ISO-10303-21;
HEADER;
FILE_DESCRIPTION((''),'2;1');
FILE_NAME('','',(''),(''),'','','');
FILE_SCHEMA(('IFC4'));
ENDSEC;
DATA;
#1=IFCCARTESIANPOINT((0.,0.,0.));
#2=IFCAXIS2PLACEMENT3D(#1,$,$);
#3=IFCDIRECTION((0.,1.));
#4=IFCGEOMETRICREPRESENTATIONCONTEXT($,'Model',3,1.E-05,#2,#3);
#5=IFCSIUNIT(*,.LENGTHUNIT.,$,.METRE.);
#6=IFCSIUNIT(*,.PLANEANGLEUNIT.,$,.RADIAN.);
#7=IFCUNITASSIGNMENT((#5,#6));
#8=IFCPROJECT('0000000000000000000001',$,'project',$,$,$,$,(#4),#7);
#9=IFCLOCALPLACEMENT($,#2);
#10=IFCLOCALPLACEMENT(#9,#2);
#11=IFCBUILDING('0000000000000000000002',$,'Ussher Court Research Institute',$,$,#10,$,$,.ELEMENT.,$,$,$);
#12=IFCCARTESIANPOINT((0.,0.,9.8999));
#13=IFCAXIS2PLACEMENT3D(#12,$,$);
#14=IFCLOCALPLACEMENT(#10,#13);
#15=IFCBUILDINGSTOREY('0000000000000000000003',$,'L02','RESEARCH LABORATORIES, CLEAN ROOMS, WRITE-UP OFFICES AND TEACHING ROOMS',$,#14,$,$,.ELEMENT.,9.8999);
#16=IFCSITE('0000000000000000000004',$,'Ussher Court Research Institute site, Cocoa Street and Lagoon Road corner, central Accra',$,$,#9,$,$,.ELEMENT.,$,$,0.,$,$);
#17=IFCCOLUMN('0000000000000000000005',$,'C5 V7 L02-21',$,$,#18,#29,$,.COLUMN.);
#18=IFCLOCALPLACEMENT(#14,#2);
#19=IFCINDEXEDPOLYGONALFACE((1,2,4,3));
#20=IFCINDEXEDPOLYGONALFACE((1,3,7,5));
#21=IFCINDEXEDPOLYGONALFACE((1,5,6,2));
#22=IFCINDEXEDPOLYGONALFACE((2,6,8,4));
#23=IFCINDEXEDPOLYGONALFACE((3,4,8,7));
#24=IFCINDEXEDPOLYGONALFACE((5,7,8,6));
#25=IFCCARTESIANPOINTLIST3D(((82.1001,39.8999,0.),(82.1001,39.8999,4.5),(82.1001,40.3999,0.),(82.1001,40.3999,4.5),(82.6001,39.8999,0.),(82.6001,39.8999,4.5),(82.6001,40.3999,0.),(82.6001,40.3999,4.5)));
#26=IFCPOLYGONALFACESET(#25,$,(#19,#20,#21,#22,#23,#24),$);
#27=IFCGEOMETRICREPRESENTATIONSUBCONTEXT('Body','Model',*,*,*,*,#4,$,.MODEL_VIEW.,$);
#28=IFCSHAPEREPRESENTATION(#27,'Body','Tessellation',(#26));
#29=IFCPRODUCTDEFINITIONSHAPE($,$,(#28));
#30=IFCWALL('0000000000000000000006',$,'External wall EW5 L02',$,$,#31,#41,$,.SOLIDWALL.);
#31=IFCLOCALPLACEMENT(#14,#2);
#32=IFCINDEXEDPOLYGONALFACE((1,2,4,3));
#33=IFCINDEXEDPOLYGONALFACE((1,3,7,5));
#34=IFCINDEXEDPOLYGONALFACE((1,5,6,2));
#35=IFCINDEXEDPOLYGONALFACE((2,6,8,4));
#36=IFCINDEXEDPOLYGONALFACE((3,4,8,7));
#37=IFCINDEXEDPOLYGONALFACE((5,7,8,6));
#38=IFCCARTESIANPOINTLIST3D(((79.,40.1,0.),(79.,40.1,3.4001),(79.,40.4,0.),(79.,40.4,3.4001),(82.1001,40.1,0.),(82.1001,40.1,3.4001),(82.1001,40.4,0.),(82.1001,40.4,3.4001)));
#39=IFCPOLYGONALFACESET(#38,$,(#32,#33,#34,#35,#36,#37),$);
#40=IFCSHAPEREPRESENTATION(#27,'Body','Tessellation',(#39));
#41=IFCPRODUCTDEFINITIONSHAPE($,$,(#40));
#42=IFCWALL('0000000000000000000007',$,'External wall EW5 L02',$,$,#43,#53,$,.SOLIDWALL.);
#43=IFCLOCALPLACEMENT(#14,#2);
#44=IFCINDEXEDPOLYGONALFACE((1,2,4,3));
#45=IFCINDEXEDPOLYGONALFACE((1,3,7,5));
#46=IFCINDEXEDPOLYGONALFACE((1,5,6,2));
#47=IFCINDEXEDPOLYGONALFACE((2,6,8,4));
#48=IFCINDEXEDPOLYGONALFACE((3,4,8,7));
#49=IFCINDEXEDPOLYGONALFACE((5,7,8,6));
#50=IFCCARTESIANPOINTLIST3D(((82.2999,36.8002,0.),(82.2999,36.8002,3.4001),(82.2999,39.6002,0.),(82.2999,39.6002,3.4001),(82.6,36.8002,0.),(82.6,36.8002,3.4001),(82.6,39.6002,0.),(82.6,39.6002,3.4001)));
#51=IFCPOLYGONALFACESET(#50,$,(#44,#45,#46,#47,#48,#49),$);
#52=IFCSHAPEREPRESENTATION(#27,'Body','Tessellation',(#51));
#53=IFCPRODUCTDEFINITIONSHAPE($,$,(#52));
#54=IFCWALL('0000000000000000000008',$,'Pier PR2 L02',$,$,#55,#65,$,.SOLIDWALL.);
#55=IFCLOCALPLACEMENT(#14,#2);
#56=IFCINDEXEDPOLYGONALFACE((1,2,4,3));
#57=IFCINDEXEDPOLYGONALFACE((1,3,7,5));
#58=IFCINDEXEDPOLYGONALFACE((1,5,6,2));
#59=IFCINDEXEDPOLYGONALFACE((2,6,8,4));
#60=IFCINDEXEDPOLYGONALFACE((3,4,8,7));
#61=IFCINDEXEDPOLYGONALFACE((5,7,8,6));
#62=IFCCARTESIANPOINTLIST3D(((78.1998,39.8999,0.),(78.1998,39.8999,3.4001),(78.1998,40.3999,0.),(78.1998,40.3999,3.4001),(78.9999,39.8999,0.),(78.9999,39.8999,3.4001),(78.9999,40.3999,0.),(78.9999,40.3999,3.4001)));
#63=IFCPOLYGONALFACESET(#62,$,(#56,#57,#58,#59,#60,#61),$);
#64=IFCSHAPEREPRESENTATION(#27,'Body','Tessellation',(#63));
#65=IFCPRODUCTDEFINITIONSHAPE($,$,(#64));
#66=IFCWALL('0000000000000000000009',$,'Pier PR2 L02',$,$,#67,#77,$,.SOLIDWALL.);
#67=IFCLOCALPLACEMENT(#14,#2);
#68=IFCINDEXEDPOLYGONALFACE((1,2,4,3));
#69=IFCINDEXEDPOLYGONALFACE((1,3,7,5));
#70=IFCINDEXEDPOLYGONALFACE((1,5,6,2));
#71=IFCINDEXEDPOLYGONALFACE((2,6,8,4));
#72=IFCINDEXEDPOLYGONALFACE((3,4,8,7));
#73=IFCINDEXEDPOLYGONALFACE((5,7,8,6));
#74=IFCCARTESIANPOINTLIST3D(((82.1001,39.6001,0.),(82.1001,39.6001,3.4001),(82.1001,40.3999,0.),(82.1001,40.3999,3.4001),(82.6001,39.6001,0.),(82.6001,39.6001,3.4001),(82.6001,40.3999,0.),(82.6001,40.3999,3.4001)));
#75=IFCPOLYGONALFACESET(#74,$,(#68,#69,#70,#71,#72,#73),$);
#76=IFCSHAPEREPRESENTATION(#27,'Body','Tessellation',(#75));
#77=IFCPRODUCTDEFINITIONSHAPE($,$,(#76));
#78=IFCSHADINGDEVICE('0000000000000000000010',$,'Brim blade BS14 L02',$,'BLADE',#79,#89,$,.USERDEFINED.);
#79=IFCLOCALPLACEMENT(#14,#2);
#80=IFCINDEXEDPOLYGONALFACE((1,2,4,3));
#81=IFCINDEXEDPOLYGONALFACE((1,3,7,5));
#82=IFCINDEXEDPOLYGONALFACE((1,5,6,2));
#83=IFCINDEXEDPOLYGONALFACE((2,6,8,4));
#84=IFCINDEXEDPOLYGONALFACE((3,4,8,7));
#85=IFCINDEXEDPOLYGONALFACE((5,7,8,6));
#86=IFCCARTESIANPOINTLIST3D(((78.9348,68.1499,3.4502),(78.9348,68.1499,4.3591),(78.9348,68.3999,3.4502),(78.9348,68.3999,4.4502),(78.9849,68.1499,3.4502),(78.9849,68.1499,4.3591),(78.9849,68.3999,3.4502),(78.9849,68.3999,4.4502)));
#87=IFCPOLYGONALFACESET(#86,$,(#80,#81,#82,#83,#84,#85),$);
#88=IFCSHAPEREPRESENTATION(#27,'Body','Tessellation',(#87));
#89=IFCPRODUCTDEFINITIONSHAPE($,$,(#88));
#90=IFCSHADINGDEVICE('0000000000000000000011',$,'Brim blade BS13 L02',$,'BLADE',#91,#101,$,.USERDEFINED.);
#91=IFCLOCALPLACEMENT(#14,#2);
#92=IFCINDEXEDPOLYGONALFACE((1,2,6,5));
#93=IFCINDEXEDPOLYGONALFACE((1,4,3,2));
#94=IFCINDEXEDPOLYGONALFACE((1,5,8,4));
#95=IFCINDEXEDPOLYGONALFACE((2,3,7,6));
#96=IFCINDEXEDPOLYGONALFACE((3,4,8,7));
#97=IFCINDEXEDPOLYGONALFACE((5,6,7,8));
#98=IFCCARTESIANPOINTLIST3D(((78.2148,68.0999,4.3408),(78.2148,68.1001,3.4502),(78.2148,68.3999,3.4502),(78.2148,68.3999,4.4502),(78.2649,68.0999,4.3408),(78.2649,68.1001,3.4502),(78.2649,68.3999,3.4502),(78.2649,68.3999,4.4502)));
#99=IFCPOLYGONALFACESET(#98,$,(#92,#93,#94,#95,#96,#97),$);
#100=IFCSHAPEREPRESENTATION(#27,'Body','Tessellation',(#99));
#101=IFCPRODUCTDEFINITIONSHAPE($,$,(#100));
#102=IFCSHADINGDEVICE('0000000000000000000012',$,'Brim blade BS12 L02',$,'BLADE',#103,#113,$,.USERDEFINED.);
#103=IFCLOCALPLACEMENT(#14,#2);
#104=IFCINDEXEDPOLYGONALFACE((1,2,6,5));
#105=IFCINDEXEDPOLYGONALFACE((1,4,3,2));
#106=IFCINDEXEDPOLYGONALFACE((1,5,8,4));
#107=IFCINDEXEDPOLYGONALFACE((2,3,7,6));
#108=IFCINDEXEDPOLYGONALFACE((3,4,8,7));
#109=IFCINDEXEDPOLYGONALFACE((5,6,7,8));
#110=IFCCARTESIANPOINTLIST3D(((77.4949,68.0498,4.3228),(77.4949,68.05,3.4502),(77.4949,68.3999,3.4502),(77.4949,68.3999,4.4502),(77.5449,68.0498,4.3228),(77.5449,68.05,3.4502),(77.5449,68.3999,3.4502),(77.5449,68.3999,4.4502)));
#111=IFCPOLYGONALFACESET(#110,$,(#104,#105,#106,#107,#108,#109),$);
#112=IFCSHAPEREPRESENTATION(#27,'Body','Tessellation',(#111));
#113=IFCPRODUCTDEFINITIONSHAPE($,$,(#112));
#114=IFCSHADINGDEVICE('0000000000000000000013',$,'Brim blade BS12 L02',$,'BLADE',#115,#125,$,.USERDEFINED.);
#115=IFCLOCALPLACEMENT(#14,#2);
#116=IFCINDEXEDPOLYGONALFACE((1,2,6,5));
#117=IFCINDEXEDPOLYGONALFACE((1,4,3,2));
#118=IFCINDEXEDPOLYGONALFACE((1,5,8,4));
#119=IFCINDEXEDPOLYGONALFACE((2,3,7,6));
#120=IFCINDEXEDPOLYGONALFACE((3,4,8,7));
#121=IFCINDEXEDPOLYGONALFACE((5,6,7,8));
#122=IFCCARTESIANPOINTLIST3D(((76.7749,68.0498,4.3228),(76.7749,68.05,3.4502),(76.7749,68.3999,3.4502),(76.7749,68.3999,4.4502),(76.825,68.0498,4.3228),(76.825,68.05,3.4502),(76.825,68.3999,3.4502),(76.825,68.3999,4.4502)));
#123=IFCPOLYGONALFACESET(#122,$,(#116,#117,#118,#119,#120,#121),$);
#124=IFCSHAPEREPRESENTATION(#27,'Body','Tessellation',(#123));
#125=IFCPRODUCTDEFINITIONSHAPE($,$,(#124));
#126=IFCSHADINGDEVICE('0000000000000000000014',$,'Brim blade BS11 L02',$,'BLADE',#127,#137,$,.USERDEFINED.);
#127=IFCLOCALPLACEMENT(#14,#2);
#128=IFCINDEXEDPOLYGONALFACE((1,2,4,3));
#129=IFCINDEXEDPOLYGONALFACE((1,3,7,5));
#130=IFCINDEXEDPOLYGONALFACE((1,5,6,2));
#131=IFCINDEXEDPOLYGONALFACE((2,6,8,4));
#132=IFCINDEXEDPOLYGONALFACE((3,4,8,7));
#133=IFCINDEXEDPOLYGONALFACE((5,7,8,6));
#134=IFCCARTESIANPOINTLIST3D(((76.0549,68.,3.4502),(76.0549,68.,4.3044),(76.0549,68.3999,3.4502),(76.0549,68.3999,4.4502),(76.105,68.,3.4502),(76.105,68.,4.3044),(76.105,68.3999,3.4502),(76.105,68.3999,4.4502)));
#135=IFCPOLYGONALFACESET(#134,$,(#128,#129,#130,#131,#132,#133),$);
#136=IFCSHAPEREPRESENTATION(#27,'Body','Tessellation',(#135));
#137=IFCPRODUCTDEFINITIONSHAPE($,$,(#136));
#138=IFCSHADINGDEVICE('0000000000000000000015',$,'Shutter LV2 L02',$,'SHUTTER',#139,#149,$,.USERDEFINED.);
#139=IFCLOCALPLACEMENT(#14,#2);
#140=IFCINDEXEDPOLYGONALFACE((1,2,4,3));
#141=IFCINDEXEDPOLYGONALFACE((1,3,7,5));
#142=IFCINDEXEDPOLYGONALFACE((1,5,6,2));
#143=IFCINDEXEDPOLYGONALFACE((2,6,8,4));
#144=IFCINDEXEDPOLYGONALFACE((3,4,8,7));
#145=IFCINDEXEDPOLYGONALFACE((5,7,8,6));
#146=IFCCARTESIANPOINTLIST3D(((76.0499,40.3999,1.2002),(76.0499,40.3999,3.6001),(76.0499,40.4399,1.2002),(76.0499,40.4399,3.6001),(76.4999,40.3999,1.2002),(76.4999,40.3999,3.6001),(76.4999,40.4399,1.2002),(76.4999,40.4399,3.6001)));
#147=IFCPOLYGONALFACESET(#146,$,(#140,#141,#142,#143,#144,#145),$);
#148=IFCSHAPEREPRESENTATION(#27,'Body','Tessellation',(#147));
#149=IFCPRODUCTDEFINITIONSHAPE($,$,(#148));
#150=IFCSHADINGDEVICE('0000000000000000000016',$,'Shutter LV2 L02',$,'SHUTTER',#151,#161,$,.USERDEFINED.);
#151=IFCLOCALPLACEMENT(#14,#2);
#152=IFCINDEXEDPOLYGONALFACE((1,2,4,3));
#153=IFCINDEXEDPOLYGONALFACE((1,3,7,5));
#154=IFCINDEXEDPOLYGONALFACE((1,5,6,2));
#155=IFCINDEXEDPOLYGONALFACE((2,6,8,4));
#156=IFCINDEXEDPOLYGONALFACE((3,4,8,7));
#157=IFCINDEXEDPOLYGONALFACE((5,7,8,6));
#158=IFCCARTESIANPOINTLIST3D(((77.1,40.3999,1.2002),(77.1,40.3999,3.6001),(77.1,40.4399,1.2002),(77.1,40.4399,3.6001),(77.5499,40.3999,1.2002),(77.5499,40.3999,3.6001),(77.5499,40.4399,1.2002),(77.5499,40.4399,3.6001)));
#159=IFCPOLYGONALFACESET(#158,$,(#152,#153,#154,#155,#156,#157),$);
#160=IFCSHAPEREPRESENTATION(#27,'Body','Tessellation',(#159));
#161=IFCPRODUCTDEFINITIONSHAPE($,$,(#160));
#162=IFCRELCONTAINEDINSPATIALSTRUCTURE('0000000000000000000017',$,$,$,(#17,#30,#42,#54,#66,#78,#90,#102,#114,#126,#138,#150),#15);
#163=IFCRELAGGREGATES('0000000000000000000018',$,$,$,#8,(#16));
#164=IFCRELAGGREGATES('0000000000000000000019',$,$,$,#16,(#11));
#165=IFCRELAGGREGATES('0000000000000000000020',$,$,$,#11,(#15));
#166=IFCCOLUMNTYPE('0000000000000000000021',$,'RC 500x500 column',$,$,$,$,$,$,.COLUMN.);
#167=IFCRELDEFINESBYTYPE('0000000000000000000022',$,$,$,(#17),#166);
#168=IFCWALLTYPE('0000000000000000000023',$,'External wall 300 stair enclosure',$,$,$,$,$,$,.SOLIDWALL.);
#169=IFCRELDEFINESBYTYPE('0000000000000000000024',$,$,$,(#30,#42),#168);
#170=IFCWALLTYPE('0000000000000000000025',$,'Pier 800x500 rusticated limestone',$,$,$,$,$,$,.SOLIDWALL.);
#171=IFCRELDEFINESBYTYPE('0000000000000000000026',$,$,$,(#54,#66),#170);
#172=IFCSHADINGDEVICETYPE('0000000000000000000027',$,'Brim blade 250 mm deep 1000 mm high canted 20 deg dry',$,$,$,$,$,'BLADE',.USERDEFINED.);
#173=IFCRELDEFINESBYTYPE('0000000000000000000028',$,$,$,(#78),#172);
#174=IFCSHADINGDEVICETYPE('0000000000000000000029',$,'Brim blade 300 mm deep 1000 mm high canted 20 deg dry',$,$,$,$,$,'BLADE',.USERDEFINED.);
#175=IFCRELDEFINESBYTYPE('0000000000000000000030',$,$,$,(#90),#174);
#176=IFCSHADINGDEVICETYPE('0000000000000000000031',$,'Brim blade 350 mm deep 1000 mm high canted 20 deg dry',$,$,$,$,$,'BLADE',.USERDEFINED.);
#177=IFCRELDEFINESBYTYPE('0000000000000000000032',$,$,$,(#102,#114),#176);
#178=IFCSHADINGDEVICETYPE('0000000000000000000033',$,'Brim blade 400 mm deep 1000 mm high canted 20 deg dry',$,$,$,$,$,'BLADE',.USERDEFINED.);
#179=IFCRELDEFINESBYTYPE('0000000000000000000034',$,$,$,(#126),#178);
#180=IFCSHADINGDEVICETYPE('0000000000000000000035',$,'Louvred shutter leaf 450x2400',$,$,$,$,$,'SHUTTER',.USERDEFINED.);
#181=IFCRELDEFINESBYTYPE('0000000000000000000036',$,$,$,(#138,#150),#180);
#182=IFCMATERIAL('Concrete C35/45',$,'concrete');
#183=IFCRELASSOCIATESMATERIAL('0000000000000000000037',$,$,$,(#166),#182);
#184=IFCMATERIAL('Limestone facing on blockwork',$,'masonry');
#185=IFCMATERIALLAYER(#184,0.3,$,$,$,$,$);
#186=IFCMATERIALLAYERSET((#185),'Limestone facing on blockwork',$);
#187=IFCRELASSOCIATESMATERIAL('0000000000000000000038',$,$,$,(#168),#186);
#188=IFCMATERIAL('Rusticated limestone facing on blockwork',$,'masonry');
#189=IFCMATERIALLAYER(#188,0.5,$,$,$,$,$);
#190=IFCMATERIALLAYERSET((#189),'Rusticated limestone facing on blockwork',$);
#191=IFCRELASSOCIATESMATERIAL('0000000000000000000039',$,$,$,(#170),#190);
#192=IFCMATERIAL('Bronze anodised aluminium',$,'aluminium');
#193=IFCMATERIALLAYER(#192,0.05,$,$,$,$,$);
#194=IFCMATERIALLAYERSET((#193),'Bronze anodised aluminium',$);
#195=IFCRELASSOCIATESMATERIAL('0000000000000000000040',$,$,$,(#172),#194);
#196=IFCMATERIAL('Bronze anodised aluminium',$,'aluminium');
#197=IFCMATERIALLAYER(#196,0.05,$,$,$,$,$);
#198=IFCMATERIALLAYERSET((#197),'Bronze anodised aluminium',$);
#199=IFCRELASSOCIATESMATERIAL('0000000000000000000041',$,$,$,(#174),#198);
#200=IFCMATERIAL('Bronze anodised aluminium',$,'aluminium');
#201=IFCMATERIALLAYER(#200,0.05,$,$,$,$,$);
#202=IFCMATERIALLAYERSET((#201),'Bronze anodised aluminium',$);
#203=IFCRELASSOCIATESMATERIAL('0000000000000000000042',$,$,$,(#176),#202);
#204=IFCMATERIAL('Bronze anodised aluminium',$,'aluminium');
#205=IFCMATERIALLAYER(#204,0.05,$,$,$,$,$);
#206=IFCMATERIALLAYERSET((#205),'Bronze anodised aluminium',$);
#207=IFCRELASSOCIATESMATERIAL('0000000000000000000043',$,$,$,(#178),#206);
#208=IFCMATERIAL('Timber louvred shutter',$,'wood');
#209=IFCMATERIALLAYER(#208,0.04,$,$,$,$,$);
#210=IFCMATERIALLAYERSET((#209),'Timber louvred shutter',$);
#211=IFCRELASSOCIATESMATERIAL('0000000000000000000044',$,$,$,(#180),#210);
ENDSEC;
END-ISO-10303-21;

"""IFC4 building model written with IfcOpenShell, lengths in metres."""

from ifc_helpers import new_model, si_unit, direction, frame, frame_2d, origin, origin_2d, place, context, subcontext, project, spatial, polyline, rectangle, outline, extrude, material, layer, layer_set, material_profile, profile_set, type_object, element, save


model = new_model("IFC4")

# Units and contexts
model_context = context("Model", 3, precision=1e-05, world=origin(), true_north=direction((0.0, 1.0)))
body_context = subcontext(model_context, "Body", "Model", "MODEL_VIEW")
ifc_project = project(units=[si_unit("LENGTHUNIT", "METRE"), si_unit("PLANEANGLEUNIT", "RADIAN")], contexts=[model_context])

# Site, building, storey
site_placement = place(None, origin())
site = spatial("IfcSite", under=ifc_project, at=site_placement, Name="Ussher Court Research Institute site, Cocoa Street and Lagoon Road corner, central Accra", CompositionType="ELEMENT", RefElevation=0.0)
building_placement = place(site_placement, origin())
building = spatial("IfcBuilding", under=site, at=building_placement, Name="Ussher Court Research Institute", CompositionType="ELEMENT")
storey_placement = place(building_placement, frame((0.0, 0.0, 9.8999)))
storey = spatial("IfcBuildingStorey", under=building, at=storey_placement, Name="L02", Description="RESEARCH LABORATORIES, CLEAN ROOMS, WRITE-UP OFFICES AND TEACHING ROOMS", CompositionType="ELEMENT", Elevation=9.8999)

# Column
ifc_material_1 = material(Name="Concrete C35/45", Category="concrete")
ifc_material_profile = material_profile(ifc_material_1, rectangle(XDim=0.5, YDim=0.5, at=origin_2d()), Name="RC 500x500")
ifc_profile_set = profile_set([ifc_material_profile], Name="Concrete C35/45")
column_type = type_object("IfcColumnType", Name="RC 500x500 column", PredefinedType="COLUMN", material=ifc_profile_set)
column_placement = place(storey_placement, frame((82.3501, 40.1499, 0.0), z_axis=(0.0, 0.0, 1.0), x_axis=(1.0, 0.0, 0.0)))
element("IfcColumn", 1, at=column_placement, inside=storey, type_object=column_type, Name="C5 V7 L02-21", PredefinedType="COLUMN", context=body_context, shape_type="SweptSolid", body=[
    extrude(rectangle(XDim=0.5, YDim=0.5, at=origin_2d()), origin(), (0.0, 0.0, 1.0), 4.5),
])

# Walls
ifc_material_2 = material(Name="Limestone facing on blockwork", Category="masonry")
ifc_layer_1 = layer(ifc_material_2, 0.3)
ifc_layer_set_1 = layer_set([ifc_layer_1], Name="Limestone facing on blockwork")
wall_type_1 = type_object("IfcWallType", Name="External wall 300 stair enclosure", PredefinedType="SOLIDWALL", material=ifc_layer_set_1)
wall_1_placement = place(storey_placement, frame((79.0, 40.25, 0.0), z_axis=(0.0, 0.0, 1.0), x_axis=(1.0, 0.0, 0.0)))
element("IfcWall", 2, at=wall_1_placement, inside=storey, type_object=wall_type_1, Name="External wall EW5 L02", PredefinedType="SOLIDWALL", context=body_context, shape_type="SweptSolid", body=[
    extrude(rectangle(XDim=3.1001, YDim=0.3, at=frame_2d((1.55, 0.0))), origin(), (0.0, 0.0, 1.0), 3.4001),
])
wall_2_placement = place(storey_placement, frame((82.45, 39.6001, 0.0), z_axis=(0.0, 0.0, 1.0), x_axis=(0.0, -1.0, 0.0)))
element("IfcWall", 3, at=wall_2_placement, inside=storey, type_object=wall_type_1, Name="External wall EW5 L02", PredefinedType="SOLIDWALL", context=body_context, shape_type="SweptSolid", body=[
    extrude(rectangle(XDim=2.8, YDim=0.3, at=frame_2d((1.3999, 0.0))), origin(), (0.0, 0.0, 1.0), 3.4001),
])
ifc_material_3 = material(Name="Rusticated limestone facing on blockwork", Category="masonry")
ifc_layer_2 = layer(ifc_material_3, 0.5)
ifc_layer_set_2 = layer_set([ifc_layer_2], Name="Rusticated limestone facing on blockwork")
wall_type_2 = type_object("IfcWallType", Name="Pier 800x500 rusticated limestone", PredefinedType="SOLIDWALL", material=ifc_layer_set_2)
wall_3_placement = place(storey_placement, frame((78.2, 40.1499, 0.0), z_axis=(0.0, 0.0, 1.0), x_axis=(1.0, 0.0, 0.0)))
element("IfcWall", 4, at=wall_3_placement, inside=storey, type_object=wall_type_2, Name="Pier PR2 L02", PredefinedType="SOLIDWALL", context=body_context, shape_type="SweptSolid", body=[
    extrude(rectangle(XDim=0.8, YDim=0.5, at=frame_2d((0.3999, 0.0))), origin(), (0.0, 0.0, 1.0), 3.4001),
])
wall_4_placement = place(storey_placement, frame((82.3501, 40.3999, 0.0), z_axis=(0.0, 0.0, 1.0), x_axis=(0.0, -1.0, 0.0)))
element("IfcWall", 5, at=wall_4_placement, inside=storey, type_object=wall_type_2, Name="Pier PR2 L02", PredefinedType="SOLIDWALL", context=body_context, shape_type="SweptSolid", body=[
    extrude(rectangle(XDim=0.7998, YDim=0.5, at=frame_2d((0.3999, 0.0))), origin(), (0.0, 0.0, 1.0), 3.4001),
])

# Shading devices
ifc_material_4 = material(Name="Bronze anodised aluminium", Category="aluminium")
ifc_layer_3 = layer(ifc_material_4, 0.05)
ifc_layer_set_3 = layer_set([ifc_layer_3], Name="Bronze anodised aluminium")
shading_device_type_1 = type_object("IfcShadingDeviceType", Name="Brim blade 250 mm deep 1000 mm high canted 20 deg dry", ElementType="BLADE", PredefinedType="USERDEFINED", material=ifc_layer_set_3)
shading_device_1_placement = place(storey_placement, frame((78.96, 68.3999, 3.4502), z_axis=(0.0, 0.0, 1.0), x_axis=(0.0, -1.0, 0.0)))
element("IfcShadingDevice", 6, at=shading_device_1_placement, inside=storey, type_object=shading_device_type_1, Name="Brim blade BS14 L02", ObjectType="BLADE", PredefinedType="USERDEFINED", context=body_context, shape_type="SweptSolid", body=[
    extrude(outline(polyline([(0.0, 0.0), (0.25, 0.0), (0.25, 0.9089), (0.0, 1.0), (0.0, 0.0)])), frame((0.0, 0.0249, 0.0), z_axis=(0.0, -1.0, 0.0), x_axis=(1.0, 0.0, 0.0)), (0.0, 0.0, 1.0), 0.05),
])
ifc_material_5 = material(Name="Bronze anodised aluminium", Category="aluminium")
ifc_layer_4 = layer(ifc_material_5, 0.05)
ifc_layer_set_4 = layer_set([ifc_layer_4], Name="Bronze anodised aluminium")
shading_device_type_2 = type_object("IfcShadingDeviceType", Name="Brim blade 300 mm deep 1000 mm high canted 20 deg dry", ElementType="BLADE", PredefinedType="USERDEFINED", material=ifc_layer_set_4)
shading_device_2_placement = place(storey_placement, frame((78.24, 68.3999, 3.4502), z_axis=(0.0, 0.0, 1.0), x_axis=(0.0, -1.0, 0.0)))
element("IfcShadingDevice", 7, at=shading_device_2_placement, inside=storey, type_object=shading_device_type_2, Name="Brim blade BS13 L02", ObjectType="BLADE", PredefinedType="USERDEFINED", context=body_context, shape_type="SweptSolid", body=[
    extrude(outline(polyline([(0.0, 0.0), (0.2998, 0.0), (0.3, 0.8906), (0.0, 1.0), (0.0, 0.0)])), frame((0.0, 0.0249, 0.0), z_axis=(0.0, -1.0, 0.0), x_axis=(1.0, 0.0, 0.0)), (0.0, 0.0, 1.0), 0.05),
])
ifc_material_6 = material(Name="Bronze anodised aluminium", Category="aluminium")
ifc_layer_5 = layer(ifc_material_6, 0.05)
ifc_layer_set_5 = layer_set([ifc_layer_5], Name="Bronze anodised aluminium")
shading_device_type_3 = type_object("IfcShadingDeviceType", Name="Brim blade 350 mm deep 1000 mm high canted 20 deg dry", ElementType="BLADE", PredefinedType="USERDEFINED", material=ifc_layer_set_5)
for number, where, z_axis, x_axis, name in (
    (8, (77.52, 68.3999, 3.4502), (0.0, 0.0, 1.0), (0.0, -1.0, 0.0), "Brim blade BS12 L02"),
    (9, (76.8, 68.3999, 3.4502), (0.0, 0.0, 1.0), (0.0, -1.0, 0.0), "Brim blade BS12 L02"),
):
    element("IfcShadingDevice", number, at=place(storey_placement, frame(where, z_axis=z_axis, x_axis=x_axis)), inside=storey, type_object=shading_device_type_3, Name=name, ObjectType="BLADE", PredefinedType="USERDEFINED", context=body_context, shape_type="SweptSolid", body=[
        extrude(outline(polyline([(0.0, 0.0), (0.3499, 0.0), (0.3501, 0.8726), (0.0, 1.0), (0.0, 0.0)])), frame((0.0, 0.0249, 0.0), z_axis=(0.0, -1.0, 0.0), x_axis=(1.0, 0.0, 0.0)), (0.0, 0.0, 1.0), 0.05),
    ])
ifc_material_7 = material(Name="Bronze anodised aluminium", Category="aluminium")
ifc_layer_6 = layer(ifc_material_7, 0.05)
ifc_layer_set_6 = layer_set([ifc_layer_6], Name="Bronze anodised aluminium")
shading_device_type_4 = type_object("IfcShadingDeviceType", Name="Brim blade 400 mm deep 1000 mm high canted 20 deg dry", ElementType="BLADE", PredefinedType="USERDEFINED", material=ifc_layer_set_6)
shading_device_3_placement = place(storey_placement, frame((76.0801, 68.3999, 3.4502), z_axis=(0.0, 0.0, 1.0), x_axis=(0.0, -1.0, 0.0)))
element("IfcShadingDevice", 10, at=shading_device_3_placement, inside=storey, type_object=shading_device_type_4, Name="Brim blade BS11 L02", ObjectType="BLADE", PredefinedType="USERDEFINED", context=body_context, shape_type="SweptSolid", body=[
    extrude(outline(polyline([(0.0, 0.0), (0.3999, 0.0), (0.3999, 0.8542), (0.0, 1.0), (0.0, 0.0)])), frame((0.0, 0.0249, 0.0), z_axis=(0.0, -1.0, 0.0), x_axis=(1.0, 0.0, 0.0)), (0.0, 0.0, 1.0), 0.05),
])
ifc_material_8 = material(Name="Timber louvred shutter", Category="wood")
ifc_layer_7 = layer(ifc_material_8, 0.04)
ifc_layer_set_7 = layer_set([ifc_layer_7], Name="Timber louvred shutter")
shading_device_type_5 = type_object("IfcShadingDeviceType", Name="Louvred shutter leaf 450x2400", ElementType="SHUTTER", PredefinedType="USERDEFINED", material=ifc_layer_set_7)
for number, where, z_axis, x_axis, name in (
    (11, (76.2749, 40.4199, 1.2002), (0.0, 0.0, 1.0), (1.0, 0.0, 0.0), "Shutter LV2 L02"),
    (12, (77.325, 40.4199, 1.2002), (0.0, 0.0, 1.0), (1.0, 0.0, 0.0), "Shutter LV2 L02"),
):
    element("IfcShadingDevice", number, at=place(storey_placement, frame(where, z_axis=z_axis, x_axis=x_axis)), inside=storey, type_object=shading_device_type_5, Name=name, ObjectType="SHUTTER", PredefinedType="USERDEFINED", context=body_context, shape_type="SweptSolid", body=[
        extrude(rectangle(XDim=0.45, YDim=0.04, at=origin_2d()), origin(), (0.0, 0.0, 1.0), 2.3999),
    ])

save(model, "model.ifc")
